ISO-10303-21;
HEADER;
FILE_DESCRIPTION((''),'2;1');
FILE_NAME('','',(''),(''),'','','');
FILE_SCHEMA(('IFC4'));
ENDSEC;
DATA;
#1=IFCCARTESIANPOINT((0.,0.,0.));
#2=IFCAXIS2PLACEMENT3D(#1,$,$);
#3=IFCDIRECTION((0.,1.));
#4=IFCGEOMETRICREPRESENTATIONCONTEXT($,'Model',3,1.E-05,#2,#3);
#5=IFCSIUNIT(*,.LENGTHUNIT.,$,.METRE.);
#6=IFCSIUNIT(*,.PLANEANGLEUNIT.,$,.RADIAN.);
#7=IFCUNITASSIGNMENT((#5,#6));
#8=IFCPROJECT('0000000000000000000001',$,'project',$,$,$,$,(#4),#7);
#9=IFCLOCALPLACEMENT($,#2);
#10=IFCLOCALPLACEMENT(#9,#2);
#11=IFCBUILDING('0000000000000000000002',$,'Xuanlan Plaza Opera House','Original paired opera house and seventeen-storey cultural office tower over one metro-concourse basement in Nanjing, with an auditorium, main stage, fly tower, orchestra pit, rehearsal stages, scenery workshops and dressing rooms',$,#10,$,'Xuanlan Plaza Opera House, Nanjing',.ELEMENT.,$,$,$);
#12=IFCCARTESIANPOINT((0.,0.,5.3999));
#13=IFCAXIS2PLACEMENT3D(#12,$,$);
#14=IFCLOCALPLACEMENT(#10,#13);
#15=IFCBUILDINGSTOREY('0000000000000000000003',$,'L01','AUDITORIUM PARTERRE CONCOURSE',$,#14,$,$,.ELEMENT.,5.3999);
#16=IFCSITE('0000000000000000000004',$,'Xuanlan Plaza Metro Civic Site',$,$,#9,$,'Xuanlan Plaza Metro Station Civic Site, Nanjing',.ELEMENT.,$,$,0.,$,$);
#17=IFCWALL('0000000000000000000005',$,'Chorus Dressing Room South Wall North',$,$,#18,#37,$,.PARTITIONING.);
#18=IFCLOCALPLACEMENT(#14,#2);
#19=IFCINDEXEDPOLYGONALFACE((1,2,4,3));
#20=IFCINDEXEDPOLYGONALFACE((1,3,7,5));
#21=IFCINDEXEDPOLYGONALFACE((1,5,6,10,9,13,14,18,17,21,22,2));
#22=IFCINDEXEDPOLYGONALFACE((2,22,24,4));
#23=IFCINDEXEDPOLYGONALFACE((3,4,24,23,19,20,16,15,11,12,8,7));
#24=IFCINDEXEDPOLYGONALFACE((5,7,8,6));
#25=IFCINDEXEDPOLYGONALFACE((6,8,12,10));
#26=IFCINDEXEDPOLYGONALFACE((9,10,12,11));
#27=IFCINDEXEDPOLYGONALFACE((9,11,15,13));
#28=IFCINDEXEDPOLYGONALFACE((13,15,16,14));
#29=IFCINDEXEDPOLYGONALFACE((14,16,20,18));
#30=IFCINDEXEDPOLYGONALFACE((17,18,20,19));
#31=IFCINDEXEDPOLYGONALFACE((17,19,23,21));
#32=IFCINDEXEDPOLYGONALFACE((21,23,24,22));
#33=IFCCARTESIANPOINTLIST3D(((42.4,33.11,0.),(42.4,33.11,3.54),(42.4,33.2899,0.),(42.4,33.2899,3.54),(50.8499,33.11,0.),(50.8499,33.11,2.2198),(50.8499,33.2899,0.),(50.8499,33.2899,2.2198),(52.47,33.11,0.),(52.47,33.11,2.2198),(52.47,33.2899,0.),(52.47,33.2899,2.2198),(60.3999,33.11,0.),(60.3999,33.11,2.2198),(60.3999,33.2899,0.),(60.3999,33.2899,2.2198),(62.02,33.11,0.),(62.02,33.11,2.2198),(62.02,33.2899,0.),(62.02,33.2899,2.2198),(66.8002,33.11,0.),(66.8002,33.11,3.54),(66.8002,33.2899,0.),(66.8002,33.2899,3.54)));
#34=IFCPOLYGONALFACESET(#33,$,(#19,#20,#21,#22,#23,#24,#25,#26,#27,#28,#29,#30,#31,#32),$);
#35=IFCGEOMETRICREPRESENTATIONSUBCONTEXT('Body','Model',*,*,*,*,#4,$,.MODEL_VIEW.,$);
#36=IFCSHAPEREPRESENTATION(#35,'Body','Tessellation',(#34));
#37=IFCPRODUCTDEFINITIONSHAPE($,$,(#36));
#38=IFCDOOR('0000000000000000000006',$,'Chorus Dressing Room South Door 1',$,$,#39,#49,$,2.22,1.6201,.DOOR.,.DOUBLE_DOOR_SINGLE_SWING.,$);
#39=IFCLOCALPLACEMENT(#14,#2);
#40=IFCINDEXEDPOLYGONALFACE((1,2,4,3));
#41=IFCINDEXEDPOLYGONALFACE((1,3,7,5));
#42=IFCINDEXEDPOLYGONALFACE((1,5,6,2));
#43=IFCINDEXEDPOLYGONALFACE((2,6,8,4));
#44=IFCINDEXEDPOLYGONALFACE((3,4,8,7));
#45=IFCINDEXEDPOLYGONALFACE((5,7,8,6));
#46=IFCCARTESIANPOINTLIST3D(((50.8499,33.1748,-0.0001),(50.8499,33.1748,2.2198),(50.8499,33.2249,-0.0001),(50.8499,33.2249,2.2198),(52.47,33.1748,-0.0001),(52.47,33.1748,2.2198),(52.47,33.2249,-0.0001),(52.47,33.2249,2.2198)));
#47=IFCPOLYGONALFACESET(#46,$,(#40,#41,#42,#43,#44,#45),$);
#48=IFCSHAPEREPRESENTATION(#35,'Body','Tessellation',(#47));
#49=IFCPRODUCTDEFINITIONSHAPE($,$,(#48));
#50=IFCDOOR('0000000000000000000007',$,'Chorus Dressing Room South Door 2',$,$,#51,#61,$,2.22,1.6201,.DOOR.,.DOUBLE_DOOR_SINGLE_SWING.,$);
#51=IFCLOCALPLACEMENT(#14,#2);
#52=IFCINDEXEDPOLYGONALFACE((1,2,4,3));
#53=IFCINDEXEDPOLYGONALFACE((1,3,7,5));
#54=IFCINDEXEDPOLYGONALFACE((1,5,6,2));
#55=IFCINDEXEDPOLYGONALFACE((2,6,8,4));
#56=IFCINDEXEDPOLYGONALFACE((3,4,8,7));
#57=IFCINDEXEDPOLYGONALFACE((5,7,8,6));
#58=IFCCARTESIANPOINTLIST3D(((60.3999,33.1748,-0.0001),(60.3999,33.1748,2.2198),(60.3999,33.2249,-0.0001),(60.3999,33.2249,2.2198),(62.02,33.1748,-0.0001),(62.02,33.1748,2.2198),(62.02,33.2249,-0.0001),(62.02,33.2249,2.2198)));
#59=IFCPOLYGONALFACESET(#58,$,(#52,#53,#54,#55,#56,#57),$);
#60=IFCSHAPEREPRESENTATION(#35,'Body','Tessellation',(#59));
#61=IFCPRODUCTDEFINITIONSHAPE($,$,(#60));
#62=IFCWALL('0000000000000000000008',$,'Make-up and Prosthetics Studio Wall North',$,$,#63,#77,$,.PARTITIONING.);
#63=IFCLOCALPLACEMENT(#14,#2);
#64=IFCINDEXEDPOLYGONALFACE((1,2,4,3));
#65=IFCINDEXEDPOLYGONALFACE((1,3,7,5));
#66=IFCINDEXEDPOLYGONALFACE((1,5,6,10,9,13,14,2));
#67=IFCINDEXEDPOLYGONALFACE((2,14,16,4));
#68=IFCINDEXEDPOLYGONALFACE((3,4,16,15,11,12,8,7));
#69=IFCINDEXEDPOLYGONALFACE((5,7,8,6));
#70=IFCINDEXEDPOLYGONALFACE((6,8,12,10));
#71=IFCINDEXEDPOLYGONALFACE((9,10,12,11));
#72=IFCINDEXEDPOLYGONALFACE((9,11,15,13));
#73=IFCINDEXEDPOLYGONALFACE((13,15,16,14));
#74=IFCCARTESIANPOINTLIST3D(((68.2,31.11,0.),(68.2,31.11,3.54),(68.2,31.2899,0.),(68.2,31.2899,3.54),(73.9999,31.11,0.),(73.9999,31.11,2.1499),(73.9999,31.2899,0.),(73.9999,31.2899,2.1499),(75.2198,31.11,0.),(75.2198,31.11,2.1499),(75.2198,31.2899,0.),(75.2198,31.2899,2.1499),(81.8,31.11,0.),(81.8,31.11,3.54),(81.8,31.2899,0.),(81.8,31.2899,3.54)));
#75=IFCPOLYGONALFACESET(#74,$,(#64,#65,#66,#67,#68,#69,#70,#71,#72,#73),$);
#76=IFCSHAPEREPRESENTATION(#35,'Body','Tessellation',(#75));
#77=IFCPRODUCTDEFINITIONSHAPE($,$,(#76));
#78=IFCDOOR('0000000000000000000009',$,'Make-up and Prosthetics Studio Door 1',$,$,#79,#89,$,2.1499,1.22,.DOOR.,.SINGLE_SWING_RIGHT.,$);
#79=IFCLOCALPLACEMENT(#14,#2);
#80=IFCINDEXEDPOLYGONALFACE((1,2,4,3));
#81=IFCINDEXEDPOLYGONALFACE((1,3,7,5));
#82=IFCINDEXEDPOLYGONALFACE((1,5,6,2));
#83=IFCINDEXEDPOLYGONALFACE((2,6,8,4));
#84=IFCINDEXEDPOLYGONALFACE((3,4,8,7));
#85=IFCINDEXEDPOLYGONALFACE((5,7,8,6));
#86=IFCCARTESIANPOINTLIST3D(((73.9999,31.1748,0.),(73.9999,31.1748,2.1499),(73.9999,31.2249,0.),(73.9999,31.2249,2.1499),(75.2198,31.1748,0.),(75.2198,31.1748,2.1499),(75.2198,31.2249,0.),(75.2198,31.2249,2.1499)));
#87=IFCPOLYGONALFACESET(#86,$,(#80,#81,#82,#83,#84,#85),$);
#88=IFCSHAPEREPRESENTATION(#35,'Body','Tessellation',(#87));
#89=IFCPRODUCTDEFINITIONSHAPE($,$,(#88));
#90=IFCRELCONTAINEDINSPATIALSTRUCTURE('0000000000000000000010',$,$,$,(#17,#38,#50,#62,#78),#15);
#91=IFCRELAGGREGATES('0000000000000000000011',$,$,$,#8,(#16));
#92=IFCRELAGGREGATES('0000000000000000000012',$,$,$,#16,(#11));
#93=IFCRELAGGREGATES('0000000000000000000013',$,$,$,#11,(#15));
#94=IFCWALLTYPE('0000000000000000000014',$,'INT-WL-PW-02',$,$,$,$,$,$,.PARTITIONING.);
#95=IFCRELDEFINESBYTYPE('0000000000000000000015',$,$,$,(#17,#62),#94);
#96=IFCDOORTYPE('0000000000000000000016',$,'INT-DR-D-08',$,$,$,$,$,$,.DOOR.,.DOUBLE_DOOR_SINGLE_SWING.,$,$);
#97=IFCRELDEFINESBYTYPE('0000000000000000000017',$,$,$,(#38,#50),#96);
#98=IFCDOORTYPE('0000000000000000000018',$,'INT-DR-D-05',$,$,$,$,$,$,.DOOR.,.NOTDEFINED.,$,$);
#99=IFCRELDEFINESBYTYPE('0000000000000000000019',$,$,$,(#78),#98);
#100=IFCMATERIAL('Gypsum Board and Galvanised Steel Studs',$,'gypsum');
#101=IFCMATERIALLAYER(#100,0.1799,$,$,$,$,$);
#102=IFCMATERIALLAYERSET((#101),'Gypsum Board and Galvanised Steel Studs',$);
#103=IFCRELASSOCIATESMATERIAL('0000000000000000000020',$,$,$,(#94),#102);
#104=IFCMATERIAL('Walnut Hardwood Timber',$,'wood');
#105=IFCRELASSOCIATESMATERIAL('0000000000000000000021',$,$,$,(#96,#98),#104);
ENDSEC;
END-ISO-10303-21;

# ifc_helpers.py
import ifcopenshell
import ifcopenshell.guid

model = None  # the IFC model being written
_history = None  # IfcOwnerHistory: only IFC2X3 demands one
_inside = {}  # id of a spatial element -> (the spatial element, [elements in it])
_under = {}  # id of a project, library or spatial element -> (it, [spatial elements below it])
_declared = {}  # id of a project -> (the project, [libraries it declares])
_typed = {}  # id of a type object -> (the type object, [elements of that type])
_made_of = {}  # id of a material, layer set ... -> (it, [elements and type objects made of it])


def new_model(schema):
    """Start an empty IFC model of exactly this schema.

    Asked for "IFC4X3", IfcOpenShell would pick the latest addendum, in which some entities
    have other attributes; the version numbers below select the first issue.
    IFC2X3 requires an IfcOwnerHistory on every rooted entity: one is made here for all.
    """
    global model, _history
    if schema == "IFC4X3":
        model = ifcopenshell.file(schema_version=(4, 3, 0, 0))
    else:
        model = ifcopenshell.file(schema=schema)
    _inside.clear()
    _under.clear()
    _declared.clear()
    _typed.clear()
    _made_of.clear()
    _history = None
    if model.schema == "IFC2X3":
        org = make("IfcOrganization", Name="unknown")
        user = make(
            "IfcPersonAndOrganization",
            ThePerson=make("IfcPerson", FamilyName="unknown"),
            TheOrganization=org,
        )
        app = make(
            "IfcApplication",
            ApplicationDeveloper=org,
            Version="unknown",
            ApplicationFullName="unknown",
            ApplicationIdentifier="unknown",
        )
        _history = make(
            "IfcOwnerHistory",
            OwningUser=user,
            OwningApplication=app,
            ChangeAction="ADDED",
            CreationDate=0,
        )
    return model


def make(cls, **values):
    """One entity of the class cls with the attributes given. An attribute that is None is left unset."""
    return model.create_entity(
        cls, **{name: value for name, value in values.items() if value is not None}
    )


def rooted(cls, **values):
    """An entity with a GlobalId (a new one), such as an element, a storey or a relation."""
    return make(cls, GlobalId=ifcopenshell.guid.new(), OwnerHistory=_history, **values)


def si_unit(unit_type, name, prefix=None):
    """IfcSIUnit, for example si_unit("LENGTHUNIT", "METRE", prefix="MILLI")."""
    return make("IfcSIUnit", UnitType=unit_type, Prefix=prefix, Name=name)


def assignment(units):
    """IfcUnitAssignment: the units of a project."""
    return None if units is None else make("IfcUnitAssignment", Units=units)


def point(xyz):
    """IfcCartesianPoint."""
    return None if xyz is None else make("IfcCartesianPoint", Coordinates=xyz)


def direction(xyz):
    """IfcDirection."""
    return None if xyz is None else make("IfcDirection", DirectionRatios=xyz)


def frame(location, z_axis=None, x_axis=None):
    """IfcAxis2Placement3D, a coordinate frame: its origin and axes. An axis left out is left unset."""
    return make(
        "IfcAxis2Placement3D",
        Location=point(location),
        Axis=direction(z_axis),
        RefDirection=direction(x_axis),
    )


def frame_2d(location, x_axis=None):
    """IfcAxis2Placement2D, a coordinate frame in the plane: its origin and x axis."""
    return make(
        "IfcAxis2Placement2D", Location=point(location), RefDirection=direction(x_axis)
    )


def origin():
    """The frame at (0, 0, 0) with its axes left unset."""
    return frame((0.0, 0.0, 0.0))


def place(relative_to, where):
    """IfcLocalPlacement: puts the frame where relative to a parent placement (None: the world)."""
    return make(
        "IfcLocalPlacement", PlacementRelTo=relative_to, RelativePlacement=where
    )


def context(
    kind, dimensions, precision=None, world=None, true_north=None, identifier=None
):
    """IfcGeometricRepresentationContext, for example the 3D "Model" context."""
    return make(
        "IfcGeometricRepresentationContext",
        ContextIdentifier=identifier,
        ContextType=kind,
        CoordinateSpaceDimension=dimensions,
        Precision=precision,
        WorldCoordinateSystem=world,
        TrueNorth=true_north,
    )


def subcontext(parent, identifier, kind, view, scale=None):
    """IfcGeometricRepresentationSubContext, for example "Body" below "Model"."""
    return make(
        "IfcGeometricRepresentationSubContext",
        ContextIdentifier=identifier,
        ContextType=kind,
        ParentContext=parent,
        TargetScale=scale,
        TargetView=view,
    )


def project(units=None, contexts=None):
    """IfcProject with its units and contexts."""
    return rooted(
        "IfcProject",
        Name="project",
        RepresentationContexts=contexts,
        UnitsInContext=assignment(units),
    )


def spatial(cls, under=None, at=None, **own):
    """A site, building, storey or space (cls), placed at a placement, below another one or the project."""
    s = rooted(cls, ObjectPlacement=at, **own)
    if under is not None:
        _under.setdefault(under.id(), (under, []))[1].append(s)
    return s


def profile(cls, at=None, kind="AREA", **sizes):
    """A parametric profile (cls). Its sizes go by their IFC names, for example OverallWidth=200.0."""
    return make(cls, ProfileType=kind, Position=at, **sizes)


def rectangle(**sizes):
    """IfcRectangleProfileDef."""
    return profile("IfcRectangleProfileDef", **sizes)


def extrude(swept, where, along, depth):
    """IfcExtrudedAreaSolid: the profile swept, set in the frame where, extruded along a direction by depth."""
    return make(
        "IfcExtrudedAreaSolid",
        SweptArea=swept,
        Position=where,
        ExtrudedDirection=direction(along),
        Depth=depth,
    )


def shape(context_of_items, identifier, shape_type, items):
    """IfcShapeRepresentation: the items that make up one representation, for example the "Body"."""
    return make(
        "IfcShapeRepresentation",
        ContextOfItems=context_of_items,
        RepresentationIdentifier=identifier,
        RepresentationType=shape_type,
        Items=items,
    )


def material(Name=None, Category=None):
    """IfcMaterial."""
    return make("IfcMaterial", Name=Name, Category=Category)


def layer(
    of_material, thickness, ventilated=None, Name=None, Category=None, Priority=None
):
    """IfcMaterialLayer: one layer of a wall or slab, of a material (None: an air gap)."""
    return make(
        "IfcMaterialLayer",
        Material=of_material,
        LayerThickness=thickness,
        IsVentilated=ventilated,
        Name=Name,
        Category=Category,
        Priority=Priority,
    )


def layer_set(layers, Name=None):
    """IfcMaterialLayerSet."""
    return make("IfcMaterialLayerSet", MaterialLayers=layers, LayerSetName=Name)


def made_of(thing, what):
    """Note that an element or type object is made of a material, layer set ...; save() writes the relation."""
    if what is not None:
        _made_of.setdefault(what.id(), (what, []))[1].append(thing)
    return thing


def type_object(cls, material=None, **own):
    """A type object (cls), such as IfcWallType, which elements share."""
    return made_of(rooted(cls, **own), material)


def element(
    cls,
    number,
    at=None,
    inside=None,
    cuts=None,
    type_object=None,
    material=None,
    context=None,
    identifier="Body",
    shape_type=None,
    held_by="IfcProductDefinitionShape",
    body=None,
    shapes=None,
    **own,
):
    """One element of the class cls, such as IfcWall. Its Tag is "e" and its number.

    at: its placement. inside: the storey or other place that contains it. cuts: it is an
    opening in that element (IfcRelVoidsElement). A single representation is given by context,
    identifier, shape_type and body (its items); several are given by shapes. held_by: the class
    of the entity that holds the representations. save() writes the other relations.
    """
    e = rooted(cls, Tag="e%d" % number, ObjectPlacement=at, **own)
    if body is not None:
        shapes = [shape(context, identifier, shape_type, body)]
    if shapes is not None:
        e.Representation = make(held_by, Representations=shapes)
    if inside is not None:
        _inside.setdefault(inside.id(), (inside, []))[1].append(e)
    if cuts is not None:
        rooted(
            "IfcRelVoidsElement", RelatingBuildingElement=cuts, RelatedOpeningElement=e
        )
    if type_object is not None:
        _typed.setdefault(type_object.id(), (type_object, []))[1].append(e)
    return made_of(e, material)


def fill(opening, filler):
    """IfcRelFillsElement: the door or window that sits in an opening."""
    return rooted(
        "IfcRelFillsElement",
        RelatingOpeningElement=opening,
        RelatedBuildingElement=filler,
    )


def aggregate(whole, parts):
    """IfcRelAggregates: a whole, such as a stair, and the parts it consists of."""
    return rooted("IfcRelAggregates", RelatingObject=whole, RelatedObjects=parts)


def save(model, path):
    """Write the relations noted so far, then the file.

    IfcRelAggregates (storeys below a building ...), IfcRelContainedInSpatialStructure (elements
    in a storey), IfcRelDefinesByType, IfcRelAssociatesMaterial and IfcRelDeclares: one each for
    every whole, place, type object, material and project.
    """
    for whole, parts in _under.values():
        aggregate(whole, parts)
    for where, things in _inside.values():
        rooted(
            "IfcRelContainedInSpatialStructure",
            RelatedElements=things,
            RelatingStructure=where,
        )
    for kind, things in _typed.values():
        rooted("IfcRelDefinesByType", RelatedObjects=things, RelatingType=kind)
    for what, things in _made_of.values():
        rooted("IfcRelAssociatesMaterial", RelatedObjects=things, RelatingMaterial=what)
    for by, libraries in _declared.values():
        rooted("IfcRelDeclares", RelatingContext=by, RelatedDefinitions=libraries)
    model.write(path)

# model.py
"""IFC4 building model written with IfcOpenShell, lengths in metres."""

from ifc_helpers import new_model, si_unit, direction, frame, frame_2d, origin, place, context, subcontext, project, spatial, rectangle, extrude, material, layer, layer_set, type_object, element, fill, save


model = new_model("IFC4")

# Units and contexts
model_context = context("Model", 3, precision=1e-05, world=origin(), true_north=direction((0.0, 1.0)))
body_context = subcontext(model_context, "Body", "Model", "MODEL_VIEW")
ifc_project = project(units=[si_unit("LENGTHUNIT", "METRE"), si_unit("PLANEANGLEUNIT", "RADIAN")], contexts=[model_context])

# Site, building, storey
site_placement = place(None, origin())
site = spatial("IfcSite", under=ifc_project, at=site_placement, Name="Xuanlan Plaza Metro Civic Site", LongName="Xuanlan Plaza Metro Station Civic Site, Nanjing", CompositionType="ELEMENT", RefElevation=0.0)
building_placement = place(site_placement, origin())
building = spatial("IfcBuilding", under=site, at=building_placement, Name="Xuanlan Plaza Opera House", Description="Original paired opera house and seventeen-storey cultural office tower over one metro-concourse basement in Nanjing, with an auditorium, main stage, fly tower, orchestra pit, rehearsal stages, scenery workshops and dressing rooms", LongName="Xuanlan Plaza Opera House, Nanjing", CompositionType="ELEMENT")
storey_placement = place(building_placement, frame((0.0, 0.0, 5.3999)))
storey = spatial("IfcBuildingStorey", under=building, at=storey_placement, Name="L01", Description="AUDITORIUM PARTERRE CONCOURSE", CompositionType="ELEMENT", Elevation=5.3999)

# Wall, openings, doors
ifc_material_1 = material(Name="Gypsum Board and Galvanised Steel Studs", Category="gypsum")
ifc_layer = layer(ifc_material_1, 0.1799)
ifc_layer_set = layer_set([ifc_layer], Name="Gypsum Board and Galvanised Steel Studs")
wall_type = type_object("IfcWallType", Name="INT-WL-PW-02", PredefinedType="PARTITIONING", material=ifc_layer_set)
wall_1_placement = place(storey_placement, frame((42.3999, 33.2, 0.0), z_axis=(0.0, 0.0, 1.0), x_axis=(1.0, 0.0, 0.0)))
wall_1 = element("IfcWall", 1, at=wall_1_placement, inside=storey, type_object=wall_type, Name="Chorus Dressing Room South Wall North", PredefinedType="PARTITIONING", context=body_context, shape_type="SweptSolid", body=[
    extrude(rectangle(XDim=24.4001, YDim=0.1799, at=frame_2d((12.2002, 0.0))), origin(), (0.0, 0.0, 1.0), 3.54),
])
opening_1_placement = place(wall_1_placement, frame((8.45, 0.0, 0.0)))
opening_1 = element("IfcOpeningElement", 2, at=opening_1_placement, cuts=wall_1, PredefinedType="OPENING", context=body_context, shape_type="SweptSolid", body=[
    extrude(rectangle(XDim=1.6201, YDim=2.22, at=frame_2d((0.8101, 1.1099))), frame((0.0, 0.0999, 0.0), z_axis=(0.0, -1.0, 0.0), x_axis=(1.0, 0.0, 0.0)), (0.0, 0.0, 1.0), 0.2),
])
opening_2_placement = place(wall_1_placement, frame((18.0, 0.0, 0.0)))
opening_2 = element("IfcOpeningElement", 3, at=opening_2_placement, cuts=wall_1, PredefinedType="OPENING", context=body_context, shape_type="SweptSolid", body=[
    extrude(rectangle(XDim=1.6201, YDim=2.22, at=frame_2d((0.8101, 1.1099))), frame((0.0, 0.0999, 0.0), z_axis=(0.0, -1.0, 0.0), x_axis=(1.0, 0.0, 0.0)), (0.0, 0.0, 1.0), 0.2),
])
ifc_material_2 = material(Name="Walnut Hardwood Timber", Category="wood")
door_type_1 = type_object("IfcDoorType", Name="INT-DR-D-08", OperationType="DOUBLE_DOOR_SINGLE_SWING", PredefinedType="DOOR", material=ifc_material_2)
door_1_placement = place(opening_1_placement, origin())
door_1 = element("IfcDoor", 4, at=door_1_placement, inside=storey, type_object=door_type_1, Name="Chorus Dressing Room South Door 1", OperationType="DOUBLE_DOOR_SINGLE_SWING", OverallHeight=2.22, OverallWidth=1.6201, PredefinedType="DOOR", context=body_context, shape_type="SweptSolid", body=[
    extrude(rectangle(XDim=1.6201, YDim=2.22, at=frame_2d((0.8101, 1.1099))), frame((0.0, 0.0249, 0.0), z_axis=(0.0, -1.0, 0.0), x_axis=(1.0, 0.0, 0.0)), (0.0, 0.0, 1.0), 0.05),
])
fill(opening_1, door_1)
door_2_placement = place(opening_2_placement, origin())
door_2 = element("IfcDoor", 5, at=door_2_placement, inside=storey, type_object=door_type_1, Name="Chorus Dressing Room South Door 2", OperationType="DOUBLE_DOOR_SINGLE_SWING", OverallHeight=2.22, OverallWidth=1.6201, PredefinedType="DOOR", context=body_context, shape_type="SweptSolid", body=[
    extrude(rectangle(XDim=1.6201, YDim=2.22, at=frame_2d((0.8101, 1.1099))), frame((0.0, 0.0249, 0.0), z_axis=(0.0, -1.0, 0.0), x_axis=(1.0, 0.0, 0.0)), (0.0, 0.0, 1.0), 0.05),
])
fill(opening_2, door_2)

# Wall, opening, door
wall_2_placement = place(storey_placement, frame((68.2, 31.2, 0.0), z_axis=(0.0, 0.0, 1.0), x_axis=(1.0, 0.0, 0.0)))
wall_2 = element("IfcWall", 6, at=wall_2_placement, inside=storey, type_object=wall_type, Name="Make-up and Prosthetics Studio Wall North", PredefinedType="PARTITIONING", context=body_context, shape_type="SweptSolid", body=[
    extrude(rectangle(XDim=13.6001, YDim=0.1799, at=frame_2d((6.8, 0.0))), origin(), (0.0, 0.0, 1.0), 3.54),
])
opening_3_placement = place(wall_2_placement, frame((5.8, 0.0, 0.0)))
opening_3 = element("IfcOpeningElement", 7, at=opening_3_placement, cuts=wall_2, PredefinedType="OPENING", context=body_context, shape_type="SweptSolid", body=[
    extrude(rectangle(XDim=1.22, YDim=2.1499, at=frame_2d((0.6099, 1.075))), frame((0.0, 0.0999, 0.0), z_axis=(0.0, -1.0, 0.0), x_axis=(1.0, 0.0, 0.0)), (0.0, 0.0, 1.0), 0.2),
])
door_type_2 = type_object("IfcDoorType", Name="INT-DR-D-05", OperationType="NOTDEFINED", PredefinedType="DOOR", material=ifc_material_2)
door_3_placement = place(opening_3_placement, origin())
door_3 = element("IfcDoor", 8, at=door_3_placement, inside=storey, type_object=door_type_2, Name="Make-up and Prosthetics Studio Door 1", OperationType="SINGLE_SWING_RIGHT", OverallHeight=2.1499, OverallWidth=1.22, PredefinedType="DOOR", context=body_context, shape_type="SweptSolid", body=[
    extrude(rectangle(XDim=1.22, YDim=2.1499, at=frame_2d((0.6099, 1.075))), frame((0.0, 0.0249, 0.0), z_axis=(0.0, -1.0, 0.0), x_axis=(1.0, 0.0, 0.0)), (0.0, 0.0, 1.0), 0.05),
])
fill(opening_3, door_3)

save(model, "model.ifc")
